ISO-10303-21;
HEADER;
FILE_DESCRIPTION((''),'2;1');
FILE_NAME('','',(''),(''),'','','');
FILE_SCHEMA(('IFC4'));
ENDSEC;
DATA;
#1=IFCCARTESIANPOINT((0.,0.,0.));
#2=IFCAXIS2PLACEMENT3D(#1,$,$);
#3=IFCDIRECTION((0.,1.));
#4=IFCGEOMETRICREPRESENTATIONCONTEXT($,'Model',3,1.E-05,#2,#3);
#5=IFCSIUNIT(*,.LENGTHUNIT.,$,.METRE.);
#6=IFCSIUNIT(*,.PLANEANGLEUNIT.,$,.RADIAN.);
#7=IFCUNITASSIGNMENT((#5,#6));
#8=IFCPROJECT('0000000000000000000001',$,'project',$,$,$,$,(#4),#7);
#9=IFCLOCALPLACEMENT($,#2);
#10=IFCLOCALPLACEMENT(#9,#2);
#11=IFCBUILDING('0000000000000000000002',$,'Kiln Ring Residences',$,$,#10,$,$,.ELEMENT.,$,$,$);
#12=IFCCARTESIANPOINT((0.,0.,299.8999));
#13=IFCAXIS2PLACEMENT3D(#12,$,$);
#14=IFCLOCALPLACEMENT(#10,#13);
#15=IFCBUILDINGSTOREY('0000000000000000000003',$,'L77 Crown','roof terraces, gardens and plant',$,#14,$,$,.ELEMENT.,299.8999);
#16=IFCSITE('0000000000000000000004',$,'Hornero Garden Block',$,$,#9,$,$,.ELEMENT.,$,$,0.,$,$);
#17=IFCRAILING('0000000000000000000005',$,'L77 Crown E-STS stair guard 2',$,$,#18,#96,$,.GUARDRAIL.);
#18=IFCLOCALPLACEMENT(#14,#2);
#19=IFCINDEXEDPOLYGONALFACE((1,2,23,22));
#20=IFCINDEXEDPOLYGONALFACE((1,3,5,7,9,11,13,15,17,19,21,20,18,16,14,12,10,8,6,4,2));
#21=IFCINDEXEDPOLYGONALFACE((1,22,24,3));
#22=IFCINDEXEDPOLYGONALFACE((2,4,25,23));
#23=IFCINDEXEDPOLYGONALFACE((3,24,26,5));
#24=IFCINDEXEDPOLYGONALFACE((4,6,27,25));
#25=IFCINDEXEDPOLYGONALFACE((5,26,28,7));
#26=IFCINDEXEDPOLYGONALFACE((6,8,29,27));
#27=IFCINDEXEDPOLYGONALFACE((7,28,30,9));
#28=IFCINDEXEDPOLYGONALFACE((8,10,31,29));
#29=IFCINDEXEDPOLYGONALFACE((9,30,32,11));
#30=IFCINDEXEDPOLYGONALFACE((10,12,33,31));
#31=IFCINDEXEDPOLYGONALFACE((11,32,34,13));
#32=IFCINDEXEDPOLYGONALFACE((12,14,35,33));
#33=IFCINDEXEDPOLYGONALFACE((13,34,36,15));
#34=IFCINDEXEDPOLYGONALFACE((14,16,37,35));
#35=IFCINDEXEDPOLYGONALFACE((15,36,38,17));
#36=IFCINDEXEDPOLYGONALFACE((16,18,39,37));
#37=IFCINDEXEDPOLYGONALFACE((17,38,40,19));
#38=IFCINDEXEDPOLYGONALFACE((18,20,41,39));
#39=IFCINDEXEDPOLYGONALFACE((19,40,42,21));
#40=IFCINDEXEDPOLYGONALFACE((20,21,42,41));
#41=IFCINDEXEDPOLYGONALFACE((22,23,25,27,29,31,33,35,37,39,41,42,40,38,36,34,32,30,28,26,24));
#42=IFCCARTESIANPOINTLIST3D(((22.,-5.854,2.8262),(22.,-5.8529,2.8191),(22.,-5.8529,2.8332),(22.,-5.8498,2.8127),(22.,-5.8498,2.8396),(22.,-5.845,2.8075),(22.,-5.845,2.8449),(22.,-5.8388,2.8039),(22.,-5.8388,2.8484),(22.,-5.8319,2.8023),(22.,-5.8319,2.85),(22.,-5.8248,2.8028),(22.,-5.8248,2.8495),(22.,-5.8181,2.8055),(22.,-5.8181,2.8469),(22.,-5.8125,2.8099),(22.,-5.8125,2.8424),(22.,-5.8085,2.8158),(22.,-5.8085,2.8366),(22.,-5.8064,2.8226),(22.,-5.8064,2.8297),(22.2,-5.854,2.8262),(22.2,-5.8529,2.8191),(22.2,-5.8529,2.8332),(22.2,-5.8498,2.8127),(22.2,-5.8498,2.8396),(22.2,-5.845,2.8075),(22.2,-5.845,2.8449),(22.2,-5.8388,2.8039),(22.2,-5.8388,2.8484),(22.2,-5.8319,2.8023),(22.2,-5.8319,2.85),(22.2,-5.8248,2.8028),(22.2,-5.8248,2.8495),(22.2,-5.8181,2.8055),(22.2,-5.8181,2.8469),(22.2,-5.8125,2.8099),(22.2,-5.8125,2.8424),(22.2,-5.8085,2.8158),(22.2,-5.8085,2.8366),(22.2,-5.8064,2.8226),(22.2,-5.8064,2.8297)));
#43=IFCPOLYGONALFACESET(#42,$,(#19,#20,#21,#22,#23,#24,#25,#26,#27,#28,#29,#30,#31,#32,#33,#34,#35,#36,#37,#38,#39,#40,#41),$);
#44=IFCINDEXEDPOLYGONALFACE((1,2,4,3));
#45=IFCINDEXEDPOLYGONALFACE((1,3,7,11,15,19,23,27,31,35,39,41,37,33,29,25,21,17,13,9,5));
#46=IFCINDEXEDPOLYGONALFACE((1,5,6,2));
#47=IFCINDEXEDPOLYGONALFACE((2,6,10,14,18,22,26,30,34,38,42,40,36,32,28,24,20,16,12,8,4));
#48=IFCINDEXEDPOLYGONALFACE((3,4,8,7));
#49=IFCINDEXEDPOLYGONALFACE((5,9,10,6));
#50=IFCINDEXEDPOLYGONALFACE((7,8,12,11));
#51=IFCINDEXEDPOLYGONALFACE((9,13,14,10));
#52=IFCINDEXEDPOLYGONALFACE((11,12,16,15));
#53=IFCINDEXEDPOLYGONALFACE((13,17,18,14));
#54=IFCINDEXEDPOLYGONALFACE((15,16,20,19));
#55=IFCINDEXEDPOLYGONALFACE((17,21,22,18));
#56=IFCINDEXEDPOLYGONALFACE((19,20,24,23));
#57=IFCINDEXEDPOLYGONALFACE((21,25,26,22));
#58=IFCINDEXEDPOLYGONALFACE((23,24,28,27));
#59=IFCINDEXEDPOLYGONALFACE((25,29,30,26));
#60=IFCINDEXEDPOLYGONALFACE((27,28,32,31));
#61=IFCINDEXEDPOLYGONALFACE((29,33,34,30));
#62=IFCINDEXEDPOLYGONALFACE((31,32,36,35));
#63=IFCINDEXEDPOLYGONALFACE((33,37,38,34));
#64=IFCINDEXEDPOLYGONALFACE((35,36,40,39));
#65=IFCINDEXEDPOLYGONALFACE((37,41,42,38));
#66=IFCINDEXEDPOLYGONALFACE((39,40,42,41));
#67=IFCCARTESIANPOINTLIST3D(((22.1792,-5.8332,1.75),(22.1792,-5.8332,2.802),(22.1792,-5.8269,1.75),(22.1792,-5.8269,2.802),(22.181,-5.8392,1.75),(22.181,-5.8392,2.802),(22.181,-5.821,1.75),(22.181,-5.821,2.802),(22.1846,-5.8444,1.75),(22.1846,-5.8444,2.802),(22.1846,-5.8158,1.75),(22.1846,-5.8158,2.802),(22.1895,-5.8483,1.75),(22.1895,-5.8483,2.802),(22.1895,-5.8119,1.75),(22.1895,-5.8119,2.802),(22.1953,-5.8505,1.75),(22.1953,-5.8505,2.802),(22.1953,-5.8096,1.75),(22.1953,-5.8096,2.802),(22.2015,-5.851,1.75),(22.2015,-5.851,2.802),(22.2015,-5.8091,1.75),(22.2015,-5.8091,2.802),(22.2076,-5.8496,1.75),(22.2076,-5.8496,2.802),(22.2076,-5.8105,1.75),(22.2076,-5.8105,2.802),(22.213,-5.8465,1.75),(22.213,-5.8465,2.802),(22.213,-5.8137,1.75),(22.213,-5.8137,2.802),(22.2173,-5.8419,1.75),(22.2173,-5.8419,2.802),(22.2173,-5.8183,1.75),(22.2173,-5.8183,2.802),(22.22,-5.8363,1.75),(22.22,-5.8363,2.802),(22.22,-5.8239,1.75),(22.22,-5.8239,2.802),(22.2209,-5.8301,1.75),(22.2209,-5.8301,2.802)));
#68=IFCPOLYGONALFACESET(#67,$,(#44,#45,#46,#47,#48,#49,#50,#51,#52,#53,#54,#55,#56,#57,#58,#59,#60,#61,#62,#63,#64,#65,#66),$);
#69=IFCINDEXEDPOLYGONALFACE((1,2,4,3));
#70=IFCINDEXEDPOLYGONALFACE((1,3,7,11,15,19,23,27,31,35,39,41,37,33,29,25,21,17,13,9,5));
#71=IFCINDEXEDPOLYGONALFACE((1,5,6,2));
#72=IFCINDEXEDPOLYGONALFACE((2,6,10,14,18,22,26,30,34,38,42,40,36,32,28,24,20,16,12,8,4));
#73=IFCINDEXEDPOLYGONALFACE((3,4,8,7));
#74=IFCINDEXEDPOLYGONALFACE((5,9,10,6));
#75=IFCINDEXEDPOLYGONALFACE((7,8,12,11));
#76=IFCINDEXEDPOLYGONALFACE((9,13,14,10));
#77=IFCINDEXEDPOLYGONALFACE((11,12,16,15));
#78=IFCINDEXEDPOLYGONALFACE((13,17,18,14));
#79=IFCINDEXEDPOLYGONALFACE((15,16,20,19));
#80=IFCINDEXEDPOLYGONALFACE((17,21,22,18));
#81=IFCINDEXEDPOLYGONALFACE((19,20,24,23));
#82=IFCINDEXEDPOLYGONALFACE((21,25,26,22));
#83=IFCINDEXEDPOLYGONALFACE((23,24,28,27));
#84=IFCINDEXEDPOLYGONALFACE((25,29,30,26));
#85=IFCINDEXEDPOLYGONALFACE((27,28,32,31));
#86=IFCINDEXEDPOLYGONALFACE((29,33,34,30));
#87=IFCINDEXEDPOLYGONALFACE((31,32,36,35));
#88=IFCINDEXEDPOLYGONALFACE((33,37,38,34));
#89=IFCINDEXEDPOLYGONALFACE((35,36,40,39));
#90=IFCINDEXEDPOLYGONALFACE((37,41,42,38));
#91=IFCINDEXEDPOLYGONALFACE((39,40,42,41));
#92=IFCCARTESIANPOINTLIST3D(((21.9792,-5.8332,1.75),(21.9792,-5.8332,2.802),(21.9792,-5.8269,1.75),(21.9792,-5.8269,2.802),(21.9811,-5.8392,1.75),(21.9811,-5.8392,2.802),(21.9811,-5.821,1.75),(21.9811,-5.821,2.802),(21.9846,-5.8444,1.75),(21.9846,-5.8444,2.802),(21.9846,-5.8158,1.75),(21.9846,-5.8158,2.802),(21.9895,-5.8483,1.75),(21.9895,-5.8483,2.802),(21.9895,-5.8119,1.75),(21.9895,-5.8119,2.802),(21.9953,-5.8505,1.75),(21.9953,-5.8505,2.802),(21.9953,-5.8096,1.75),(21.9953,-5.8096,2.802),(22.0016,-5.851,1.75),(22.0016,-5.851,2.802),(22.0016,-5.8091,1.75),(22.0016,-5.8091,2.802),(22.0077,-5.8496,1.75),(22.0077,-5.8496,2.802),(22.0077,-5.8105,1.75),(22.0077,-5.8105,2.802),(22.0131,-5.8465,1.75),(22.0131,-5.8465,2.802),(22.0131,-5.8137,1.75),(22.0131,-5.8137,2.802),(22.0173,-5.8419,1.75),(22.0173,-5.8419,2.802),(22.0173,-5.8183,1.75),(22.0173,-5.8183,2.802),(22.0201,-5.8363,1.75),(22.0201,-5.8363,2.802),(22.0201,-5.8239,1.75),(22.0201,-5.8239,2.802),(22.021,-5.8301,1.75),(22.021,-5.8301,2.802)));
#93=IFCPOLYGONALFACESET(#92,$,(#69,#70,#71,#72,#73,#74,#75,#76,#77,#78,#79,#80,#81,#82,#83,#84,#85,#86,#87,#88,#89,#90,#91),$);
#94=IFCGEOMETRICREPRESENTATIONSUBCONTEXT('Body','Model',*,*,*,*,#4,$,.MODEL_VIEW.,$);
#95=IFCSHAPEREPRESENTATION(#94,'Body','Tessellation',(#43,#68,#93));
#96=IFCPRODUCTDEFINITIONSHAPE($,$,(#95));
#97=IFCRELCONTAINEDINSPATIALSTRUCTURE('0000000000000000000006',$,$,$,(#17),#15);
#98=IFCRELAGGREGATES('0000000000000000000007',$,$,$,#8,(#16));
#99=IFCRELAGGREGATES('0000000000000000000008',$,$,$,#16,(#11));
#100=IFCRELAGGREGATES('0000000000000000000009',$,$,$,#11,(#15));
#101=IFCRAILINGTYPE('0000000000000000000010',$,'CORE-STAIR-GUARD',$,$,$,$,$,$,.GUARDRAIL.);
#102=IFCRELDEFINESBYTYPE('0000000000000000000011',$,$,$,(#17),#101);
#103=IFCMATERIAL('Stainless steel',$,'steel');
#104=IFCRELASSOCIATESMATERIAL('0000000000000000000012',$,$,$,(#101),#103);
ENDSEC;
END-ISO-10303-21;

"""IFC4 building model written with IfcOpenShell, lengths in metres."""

from ifc_helpers import new_model, si_unit, direction, frame, origin, origin_2d, place, context, subcontext, project, spatial, circle, extrude, material, type_object, element, save


model = new_model("IFC4")

# Units and contexts
model_context = context("Model", 3, precision=1e-05, world=origin(), true_north=direction((0.0, 1.0)))
body_context = subcontext(model_context, "Body", "Model", "MODEL_VIEW")
ifc_project = project(units=[si_unit("LENGTHUNIT", "METRE"), si_unit("PLANEANGLEUNIT", "RADIAN")], contexts=[model_context])

# Site, building, storey
site_placement = place(None, origin())
site = spatial("IfcSite", under=ifc_project, at=site_placement, Name="Hornero Garden Block", CompositionType="ELEMENT", RefElevation=0.0)
building_placement = place(site_placement, origin())
building = spatial("IfcBuilding", under=site, at=building_placement, Name="Kiln Ring Residences", CompositionType="ELEMENT")
storey_placement = place(building_placement, frame((0.0, 0.0, 299.8999)))
storey = spatial("IfcBuildingStorey", under=building, at=storey_placement, Name="L77 Crown", Description="roof terraces, gardens and plant", CompositionType="ELEMENT", Elevation=299.8999)

# Railing
ifc_material_1 = material(Name="Stainless steel", Category="steel")
railing_type_1 = type_object("IfcRailingType", Name="CORE-STAIR-GUARD", PredefinedType="GUARDRAIL", material=ifc_material_1)
railing_1_placement = place(storey_placement, frame((22.2, -5.8301, 1.75)))
element("IfcRailing", 1, at=railing_1_placement, inside=storey, type_object=railing_type_1, Name="L77 Crown E-STS stair guard 2", PredefinedType="GUARDRAIL", context=body_context, shape_type="SweptSolid", body=[
    extrude(circle(Radius=0.0239, at=origin_2d()), frame((0.0, 0.0, 1.0762), z_axis=(-1.0, 0.0, 0.0), x_axis=(0.0, -1.0, 0.0)), (0.0, 0.0, 1.0), 0.2),
    extrude(circle(Radius=0.021, at=origin_2d()), origin(), (0.0, 0.0, 1.0), 1.052),
    extrude(circle(Radius=0.021, at=origin_2d()), frame((-0.2, 0.0, 0.0)), (0.0, 0.0, 1.0), 1.052),
])

save(model, "model.ifc")
